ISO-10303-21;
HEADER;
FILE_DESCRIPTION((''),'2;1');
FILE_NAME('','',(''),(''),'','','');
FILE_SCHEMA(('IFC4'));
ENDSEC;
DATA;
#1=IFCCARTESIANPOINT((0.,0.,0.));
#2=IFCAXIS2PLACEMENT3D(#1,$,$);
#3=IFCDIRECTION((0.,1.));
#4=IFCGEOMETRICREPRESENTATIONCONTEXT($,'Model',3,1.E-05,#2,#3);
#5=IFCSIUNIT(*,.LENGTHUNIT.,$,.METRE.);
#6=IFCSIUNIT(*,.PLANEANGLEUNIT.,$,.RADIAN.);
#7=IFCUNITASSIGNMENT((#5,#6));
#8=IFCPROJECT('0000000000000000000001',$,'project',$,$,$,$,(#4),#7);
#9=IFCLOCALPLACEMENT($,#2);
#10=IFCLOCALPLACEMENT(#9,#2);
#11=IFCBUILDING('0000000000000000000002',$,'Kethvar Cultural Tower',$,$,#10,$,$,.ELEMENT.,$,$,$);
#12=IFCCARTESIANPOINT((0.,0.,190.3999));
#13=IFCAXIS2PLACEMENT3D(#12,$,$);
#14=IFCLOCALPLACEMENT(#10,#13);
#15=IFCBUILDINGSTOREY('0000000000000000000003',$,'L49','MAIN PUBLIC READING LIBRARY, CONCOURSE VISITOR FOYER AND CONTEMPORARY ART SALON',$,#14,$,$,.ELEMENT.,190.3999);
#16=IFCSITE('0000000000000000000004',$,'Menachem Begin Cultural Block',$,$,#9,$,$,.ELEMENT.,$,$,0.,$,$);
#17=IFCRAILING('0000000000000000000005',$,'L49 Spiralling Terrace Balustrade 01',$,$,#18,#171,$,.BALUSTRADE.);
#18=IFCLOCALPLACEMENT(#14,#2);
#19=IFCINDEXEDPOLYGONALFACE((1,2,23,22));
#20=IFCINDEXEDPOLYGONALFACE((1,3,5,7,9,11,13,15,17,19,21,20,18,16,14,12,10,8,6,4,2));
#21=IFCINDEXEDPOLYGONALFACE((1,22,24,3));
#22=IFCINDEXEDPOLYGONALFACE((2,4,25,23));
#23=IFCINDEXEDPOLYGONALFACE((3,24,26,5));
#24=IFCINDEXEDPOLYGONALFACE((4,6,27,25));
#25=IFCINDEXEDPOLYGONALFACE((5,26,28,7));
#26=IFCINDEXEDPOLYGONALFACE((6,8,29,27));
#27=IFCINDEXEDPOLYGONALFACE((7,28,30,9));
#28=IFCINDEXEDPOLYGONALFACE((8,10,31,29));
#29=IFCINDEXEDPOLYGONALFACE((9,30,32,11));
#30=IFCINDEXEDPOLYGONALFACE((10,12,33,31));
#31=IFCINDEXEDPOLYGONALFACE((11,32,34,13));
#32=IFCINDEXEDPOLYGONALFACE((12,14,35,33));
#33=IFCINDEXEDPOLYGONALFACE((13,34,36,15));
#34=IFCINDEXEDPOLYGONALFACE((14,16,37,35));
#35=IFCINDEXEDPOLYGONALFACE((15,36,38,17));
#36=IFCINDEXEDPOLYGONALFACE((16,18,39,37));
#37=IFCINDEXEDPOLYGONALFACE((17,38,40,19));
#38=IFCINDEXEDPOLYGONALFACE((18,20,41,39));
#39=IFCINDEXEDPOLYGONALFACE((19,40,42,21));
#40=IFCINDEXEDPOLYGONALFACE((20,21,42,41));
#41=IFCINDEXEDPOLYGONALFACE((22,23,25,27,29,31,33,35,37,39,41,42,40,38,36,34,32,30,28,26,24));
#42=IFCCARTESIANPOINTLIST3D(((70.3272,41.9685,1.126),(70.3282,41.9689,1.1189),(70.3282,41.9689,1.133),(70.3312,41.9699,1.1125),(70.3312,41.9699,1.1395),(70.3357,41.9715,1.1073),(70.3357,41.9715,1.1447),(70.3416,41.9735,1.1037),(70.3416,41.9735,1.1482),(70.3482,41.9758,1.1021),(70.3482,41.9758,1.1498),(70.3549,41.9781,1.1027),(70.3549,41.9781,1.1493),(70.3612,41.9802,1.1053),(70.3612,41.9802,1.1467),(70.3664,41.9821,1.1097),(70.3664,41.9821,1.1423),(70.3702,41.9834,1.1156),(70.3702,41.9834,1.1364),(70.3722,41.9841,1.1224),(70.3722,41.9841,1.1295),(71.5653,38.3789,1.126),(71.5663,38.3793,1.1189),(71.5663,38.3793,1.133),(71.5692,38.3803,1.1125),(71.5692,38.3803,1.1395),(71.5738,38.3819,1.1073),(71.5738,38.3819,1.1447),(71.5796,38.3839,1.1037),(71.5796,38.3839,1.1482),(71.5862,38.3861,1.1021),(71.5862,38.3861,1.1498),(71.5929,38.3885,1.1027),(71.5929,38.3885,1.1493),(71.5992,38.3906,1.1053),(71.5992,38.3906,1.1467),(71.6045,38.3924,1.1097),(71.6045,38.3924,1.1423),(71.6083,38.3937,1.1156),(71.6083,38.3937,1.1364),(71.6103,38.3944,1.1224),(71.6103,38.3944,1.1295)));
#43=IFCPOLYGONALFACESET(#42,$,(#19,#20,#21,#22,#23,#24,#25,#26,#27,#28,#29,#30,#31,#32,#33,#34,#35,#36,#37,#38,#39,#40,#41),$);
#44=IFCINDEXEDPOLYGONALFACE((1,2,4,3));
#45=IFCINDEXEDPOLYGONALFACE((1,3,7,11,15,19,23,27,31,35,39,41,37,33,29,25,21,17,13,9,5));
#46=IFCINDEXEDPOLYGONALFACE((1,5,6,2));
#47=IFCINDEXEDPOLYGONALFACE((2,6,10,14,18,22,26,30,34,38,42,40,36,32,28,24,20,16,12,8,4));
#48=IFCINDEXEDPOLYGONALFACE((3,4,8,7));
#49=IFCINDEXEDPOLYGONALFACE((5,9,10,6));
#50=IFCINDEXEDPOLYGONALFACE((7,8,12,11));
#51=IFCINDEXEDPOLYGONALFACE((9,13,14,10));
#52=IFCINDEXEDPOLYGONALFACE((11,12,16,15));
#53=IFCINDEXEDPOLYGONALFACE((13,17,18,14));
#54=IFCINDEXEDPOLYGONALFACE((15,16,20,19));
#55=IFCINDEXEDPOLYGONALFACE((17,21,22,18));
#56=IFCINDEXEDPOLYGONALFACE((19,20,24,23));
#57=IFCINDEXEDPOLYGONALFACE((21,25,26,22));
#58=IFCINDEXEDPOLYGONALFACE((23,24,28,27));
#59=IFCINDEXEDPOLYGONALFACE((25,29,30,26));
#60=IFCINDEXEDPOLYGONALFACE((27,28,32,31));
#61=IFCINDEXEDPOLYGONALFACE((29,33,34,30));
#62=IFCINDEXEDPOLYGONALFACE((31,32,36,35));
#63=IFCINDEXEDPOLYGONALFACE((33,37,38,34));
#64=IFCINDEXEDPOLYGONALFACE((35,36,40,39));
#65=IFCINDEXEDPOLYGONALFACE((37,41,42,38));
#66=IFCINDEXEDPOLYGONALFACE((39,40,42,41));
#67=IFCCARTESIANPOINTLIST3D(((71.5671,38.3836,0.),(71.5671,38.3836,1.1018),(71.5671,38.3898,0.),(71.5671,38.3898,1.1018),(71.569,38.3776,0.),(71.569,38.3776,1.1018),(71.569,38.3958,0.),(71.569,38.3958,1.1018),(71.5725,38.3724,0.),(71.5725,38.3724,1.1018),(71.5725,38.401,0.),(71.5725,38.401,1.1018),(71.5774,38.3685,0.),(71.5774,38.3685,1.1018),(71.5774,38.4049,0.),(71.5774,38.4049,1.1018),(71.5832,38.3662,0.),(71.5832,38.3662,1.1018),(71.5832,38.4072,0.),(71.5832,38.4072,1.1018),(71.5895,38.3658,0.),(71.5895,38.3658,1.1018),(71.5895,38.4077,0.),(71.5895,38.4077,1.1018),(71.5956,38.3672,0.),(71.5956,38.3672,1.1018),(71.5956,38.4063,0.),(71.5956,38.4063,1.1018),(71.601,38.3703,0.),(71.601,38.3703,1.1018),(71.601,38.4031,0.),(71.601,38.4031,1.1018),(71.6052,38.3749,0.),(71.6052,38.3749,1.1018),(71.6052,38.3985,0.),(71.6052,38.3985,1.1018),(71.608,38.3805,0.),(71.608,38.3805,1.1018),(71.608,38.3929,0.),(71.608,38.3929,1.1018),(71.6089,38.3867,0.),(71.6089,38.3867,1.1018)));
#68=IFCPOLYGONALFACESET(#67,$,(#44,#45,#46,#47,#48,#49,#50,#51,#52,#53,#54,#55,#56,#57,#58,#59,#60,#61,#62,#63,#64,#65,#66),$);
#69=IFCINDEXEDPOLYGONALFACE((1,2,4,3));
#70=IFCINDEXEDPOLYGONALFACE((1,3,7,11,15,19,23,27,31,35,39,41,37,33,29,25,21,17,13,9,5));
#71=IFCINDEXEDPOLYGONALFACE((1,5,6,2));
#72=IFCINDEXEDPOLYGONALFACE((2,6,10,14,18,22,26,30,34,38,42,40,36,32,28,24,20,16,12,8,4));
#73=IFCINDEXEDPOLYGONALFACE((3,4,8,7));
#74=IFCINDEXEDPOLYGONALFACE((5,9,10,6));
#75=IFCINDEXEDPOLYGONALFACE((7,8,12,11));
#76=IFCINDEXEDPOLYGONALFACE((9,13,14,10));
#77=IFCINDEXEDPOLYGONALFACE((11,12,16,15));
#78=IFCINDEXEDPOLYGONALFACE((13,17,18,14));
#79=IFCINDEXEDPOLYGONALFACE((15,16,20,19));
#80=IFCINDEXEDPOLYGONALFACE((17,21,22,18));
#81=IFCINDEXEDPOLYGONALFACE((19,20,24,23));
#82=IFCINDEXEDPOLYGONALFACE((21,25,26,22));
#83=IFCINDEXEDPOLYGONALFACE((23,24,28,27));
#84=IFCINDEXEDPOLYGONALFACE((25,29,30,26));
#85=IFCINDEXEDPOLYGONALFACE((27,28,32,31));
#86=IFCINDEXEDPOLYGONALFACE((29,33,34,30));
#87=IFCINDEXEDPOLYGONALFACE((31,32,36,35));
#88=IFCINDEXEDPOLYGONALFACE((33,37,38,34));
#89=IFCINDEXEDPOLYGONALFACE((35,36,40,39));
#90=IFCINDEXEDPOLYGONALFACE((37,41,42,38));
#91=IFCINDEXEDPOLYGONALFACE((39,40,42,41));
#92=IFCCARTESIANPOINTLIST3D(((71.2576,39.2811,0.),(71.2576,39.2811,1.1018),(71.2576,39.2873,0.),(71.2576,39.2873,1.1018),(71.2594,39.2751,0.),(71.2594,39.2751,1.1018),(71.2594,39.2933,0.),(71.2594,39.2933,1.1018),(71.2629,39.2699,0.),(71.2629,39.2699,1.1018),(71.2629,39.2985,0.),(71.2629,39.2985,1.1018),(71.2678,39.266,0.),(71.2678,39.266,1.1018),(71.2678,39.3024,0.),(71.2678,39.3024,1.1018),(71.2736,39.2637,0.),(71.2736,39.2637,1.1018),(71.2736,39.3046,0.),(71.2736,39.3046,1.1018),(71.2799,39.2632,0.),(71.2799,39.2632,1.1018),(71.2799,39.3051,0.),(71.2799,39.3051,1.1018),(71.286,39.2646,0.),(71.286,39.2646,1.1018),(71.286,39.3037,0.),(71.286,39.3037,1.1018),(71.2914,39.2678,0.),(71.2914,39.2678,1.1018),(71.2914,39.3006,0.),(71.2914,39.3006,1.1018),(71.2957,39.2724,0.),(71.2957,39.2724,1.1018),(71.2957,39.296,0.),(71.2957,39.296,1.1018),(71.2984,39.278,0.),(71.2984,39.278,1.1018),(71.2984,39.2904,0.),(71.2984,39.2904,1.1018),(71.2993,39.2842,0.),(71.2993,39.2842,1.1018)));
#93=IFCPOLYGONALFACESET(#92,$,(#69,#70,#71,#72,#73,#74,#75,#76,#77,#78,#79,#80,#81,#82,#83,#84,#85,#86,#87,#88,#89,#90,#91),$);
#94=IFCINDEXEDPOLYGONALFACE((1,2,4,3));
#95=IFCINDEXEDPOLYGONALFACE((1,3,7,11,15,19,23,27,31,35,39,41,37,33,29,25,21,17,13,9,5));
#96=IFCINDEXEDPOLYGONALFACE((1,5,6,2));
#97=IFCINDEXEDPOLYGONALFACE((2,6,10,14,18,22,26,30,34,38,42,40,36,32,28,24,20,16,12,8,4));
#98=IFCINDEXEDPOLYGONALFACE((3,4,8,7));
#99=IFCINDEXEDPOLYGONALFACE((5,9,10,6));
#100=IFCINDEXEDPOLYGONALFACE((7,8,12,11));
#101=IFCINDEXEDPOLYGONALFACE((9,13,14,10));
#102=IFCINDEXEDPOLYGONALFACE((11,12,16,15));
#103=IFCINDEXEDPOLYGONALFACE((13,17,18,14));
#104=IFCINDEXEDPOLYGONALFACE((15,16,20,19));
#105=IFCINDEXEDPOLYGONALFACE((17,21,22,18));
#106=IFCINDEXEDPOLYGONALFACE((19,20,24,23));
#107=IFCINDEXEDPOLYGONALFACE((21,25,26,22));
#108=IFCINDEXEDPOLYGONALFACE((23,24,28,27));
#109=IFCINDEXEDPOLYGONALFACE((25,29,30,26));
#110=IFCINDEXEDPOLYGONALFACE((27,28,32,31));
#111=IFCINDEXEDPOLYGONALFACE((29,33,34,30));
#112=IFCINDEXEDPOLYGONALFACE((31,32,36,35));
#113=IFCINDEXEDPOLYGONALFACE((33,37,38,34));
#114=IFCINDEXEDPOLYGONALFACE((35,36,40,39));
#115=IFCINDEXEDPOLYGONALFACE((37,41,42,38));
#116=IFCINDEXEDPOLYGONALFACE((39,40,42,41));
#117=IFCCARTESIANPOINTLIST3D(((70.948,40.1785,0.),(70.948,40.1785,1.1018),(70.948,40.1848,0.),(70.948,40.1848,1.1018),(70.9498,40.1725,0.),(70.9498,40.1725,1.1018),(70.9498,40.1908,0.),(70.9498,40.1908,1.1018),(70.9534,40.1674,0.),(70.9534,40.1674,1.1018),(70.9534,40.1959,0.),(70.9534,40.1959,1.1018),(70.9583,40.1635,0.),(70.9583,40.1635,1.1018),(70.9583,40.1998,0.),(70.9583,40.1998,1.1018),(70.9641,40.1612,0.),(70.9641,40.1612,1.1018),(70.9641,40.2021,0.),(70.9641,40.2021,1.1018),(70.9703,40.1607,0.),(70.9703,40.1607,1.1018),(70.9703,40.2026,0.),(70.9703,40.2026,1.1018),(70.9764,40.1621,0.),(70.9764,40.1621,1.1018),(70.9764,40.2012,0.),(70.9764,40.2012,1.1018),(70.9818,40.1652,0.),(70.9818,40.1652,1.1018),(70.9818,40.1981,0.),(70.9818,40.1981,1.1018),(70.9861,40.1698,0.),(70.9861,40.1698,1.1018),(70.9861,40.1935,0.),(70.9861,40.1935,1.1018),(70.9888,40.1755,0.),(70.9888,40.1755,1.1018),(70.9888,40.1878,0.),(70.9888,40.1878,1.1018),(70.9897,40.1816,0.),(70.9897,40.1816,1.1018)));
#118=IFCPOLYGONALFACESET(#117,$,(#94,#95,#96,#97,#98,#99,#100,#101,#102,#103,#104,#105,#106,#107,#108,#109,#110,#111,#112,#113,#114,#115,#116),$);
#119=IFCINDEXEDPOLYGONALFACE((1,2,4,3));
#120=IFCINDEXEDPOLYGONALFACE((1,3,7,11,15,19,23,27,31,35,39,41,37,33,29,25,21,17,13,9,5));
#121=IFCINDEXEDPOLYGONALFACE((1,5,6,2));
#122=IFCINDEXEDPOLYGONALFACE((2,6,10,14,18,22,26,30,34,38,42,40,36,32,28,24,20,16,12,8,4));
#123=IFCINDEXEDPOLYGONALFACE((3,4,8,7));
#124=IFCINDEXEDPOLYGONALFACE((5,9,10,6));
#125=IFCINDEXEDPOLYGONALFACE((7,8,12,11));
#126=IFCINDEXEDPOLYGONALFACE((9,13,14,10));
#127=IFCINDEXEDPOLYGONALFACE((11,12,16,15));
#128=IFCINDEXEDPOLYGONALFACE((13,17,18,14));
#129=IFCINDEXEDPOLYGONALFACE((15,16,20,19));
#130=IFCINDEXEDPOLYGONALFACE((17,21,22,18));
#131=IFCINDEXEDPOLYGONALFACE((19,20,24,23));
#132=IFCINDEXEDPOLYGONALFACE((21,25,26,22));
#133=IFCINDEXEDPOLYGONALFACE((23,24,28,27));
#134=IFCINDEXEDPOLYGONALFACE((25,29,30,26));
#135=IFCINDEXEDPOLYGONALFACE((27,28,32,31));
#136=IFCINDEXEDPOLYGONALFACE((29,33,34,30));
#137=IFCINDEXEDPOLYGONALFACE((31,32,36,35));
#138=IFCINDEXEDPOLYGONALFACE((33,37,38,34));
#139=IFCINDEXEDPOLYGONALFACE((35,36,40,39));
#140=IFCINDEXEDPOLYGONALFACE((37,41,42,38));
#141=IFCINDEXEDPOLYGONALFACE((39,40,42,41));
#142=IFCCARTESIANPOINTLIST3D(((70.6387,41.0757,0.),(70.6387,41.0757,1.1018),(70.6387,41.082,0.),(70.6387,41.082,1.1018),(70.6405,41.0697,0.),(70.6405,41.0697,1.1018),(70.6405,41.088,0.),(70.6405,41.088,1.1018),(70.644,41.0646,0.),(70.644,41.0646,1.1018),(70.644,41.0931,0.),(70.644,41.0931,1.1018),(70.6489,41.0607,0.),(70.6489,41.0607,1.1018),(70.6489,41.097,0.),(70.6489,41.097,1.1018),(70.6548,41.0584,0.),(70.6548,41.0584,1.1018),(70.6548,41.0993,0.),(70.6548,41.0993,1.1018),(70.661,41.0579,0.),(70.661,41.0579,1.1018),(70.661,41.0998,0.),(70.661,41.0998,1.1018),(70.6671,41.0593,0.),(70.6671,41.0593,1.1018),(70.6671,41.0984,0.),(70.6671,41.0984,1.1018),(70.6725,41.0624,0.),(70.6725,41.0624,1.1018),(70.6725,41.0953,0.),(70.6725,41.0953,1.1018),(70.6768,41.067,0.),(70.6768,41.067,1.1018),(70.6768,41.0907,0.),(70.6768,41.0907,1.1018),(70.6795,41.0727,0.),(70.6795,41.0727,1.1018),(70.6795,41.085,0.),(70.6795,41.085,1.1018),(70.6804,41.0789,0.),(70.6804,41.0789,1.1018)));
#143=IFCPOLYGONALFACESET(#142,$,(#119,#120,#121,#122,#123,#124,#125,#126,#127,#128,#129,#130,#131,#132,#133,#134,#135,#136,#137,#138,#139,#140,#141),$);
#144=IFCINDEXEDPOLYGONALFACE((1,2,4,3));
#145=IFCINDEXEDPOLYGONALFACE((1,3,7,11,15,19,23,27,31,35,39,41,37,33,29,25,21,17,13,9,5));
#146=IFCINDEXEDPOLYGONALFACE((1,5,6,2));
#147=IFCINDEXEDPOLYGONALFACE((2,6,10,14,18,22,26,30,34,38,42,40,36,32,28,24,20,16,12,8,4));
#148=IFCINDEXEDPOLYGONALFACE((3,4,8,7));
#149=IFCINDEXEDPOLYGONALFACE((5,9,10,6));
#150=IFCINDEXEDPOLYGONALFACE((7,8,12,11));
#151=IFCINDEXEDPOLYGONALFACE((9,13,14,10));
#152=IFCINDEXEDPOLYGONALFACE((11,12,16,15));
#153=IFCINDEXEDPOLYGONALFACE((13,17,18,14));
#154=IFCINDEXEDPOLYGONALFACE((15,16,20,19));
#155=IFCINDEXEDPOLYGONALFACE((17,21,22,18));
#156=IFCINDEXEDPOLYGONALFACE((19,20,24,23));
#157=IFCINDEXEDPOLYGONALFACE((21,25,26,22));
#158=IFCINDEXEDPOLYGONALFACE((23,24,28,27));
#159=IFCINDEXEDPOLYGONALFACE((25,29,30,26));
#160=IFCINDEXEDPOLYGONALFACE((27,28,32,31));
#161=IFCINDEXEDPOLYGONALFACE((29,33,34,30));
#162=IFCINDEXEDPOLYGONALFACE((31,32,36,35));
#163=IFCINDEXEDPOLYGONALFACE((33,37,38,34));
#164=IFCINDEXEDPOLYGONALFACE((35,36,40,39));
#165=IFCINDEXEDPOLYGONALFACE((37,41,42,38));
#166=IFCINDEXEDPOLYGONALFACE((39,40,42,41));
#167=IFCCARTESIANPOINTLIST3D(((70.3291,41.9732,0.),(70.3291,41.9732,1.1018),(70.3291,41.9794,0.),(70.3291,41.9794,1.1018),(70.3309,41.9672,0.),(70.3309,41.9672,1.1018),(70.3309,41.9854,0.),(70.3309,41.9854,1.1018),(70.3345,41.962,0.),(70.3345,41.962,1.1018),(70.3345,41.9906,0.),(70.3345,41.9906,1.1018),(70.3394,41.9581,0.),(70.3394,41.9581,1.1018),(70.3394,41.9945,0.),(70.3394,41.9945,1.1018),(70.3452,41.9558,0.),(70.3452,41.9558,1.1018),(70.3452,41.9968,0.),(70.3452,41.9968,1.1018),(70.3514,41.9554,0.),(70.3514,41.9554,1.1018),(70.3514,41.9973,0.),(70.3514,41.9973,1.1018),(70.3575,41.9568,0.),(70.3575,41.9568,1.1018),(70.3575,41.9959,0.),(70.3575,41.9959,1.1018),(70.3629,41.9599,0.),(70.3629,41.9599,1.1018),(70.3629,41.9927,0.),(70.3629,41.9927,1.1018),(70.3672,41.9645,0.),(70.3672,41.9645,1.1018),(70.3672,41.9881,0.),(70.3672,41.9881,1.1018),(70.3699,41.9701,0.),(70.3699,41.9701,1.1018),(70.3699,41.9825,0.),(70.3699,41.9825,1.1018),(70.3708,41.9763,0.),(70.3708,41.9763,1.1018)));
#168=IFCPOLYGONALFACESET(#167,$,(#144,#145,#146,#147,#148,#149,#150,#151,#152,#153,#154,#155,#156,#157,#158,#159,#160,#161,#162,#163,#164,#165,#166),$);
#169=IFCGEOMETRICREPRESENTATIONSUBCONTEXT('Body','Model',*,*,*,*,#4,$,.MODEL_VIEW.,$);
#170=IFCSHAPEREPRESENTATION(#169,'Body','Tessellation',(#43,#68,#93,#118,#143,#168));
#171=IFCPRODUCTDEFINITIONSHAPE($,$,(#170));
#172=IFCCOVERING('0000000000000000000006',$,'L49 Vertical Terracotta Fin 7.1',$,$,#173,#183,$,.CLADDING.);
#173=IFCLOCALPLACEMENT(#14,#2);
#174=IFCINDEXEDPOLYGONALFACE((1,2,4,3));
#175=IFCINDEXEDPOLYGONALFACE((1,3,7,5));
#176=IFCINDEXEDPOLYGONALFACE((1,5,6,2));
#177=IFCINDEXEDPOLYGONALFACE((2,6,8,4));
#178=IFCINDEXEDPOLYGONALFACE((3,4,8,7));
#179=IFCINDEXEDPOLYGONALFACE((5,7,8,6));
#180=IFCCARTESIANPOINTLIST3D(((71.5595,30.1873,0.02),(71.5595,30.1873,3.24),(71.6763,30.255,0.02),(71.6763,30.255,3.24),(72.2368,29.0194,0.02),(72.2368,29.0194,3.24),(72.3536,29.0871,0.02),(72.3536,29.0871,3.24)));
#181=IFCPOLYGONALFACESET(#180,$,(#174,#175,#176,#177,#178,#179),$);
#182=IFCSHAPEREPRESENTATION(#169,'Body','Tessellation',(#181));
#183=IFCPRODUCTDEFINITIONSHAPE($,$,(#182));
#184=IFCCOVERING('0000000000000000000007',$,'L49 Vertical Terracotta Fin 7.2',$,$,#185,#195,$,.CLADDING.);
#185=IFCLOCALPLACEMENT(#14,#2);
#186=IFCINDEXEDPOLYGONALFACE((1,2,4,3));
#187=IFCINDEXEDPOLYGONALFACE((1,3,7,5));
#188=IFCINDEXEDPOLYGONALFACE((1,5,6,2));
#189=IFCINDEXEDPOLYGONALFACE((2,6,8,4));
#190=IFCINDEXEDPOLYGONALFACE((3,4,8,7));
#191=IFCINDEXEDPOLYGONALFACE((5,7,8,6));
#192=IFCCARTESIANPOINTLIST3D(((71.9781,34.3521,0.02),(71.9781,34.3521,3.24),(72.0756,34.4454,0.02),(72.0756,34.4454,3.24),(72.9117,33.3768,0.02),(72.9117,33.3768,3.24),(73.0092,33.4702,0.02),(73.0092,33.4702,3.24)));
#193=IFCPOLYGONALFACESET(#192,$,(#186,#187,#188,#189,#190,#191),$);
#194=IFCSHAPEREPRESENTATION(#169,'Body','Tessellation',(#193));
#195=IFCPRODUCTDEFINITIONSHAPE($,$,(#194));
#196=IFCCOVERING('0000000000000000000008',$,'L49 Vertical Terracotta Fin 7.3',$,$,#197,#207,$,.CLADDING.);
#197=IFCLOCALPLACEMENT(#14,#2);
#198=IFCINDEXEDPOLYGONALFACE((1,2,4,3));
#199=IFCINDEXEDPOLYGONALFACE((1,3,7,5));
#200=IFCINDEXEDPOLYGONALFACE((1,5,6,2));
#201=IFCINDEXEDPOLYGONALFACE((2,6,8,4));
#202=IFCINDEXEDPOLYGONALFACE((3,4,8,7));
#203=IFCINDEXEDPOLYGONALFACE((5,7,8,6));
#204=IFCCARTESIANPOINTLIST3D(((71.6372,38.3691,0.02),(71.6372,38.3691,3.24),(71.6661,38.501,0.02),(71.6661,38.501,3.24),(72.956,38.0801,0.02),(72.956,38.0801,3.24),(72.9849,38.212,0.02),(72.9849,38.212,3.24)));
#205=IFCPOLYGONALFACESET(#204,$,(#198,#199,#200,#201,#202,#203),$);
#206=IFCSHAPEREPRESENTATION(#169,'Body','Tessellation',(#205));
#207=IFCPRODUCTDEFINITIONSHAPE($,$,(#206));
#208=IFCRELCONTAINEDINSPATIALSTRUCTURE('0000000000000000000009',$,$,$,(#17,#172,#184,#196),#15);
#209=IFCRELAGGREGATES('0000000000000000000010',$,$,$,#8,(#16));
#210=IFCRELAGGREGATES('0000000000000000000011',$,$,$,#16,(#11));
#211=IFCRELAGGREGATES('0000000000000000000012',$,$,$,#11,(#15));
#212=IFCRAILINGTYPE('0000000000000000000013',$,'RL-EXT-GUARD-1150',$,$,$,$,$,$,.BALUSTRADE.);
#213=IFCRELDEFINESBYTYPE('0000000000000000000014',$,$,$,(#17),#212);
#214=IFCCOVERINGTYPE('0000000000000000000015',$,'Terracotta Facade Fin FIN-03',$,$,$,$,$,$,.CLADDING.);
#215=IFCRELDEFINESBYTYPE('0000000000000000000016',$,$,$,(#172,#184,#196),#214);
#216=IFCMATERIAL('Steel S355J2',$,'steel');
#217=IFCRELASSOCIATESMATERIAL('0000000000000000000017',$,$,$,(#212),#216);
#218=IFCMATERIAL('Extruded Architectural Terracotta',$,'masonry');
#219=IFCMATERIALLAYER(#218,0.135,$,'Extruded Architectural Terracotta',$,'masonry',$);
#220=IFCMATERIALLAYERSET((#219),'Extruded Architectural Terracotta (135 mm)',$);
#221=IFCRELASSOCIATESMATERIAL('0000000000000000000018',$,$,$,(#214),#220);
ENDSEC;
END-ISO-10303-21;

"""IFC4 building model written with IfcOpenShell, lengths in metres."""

from ifc_helpers import new_model, si_unit, direction, frame, origin, origin_2d, place, context, subcontext, project, spatial, rectangle, circle, extrude, source, transform, mapped, material, layer, layer_set, type_object, element, save


model = new_model("IFC4")

# Units and contexts
model_context = context("Model", 3, precision=1e-05, world=origin(), true_north=direction((0.0, 1.0)))
body_context = subcontext(model_context, "Body", "Model", "MODEL_VIEW")
ifc_project = project(units=[si_unit("LENGTHUNIT", "METRE"), si_unit("PLANEANGLEUNIT", "RADIAN")], contexts=[model_context])

# Site, building, storey
site_placement = place(None, origin())
site = spatial("IfcSite", under=ifc_project, at=site_placement, Name="Menachem Begin Cultural Block", CompositionType="ELEMENT", RefElevation=0.0)
building_placement = place(site_placement, origin())
building = spatial("IfcBuilding", under=site, at=building_placement, Name="Kethvar Cultural Tower", CompositionType="ELEMENT")
storey_placement = place(building_placement, frame((0.0, 0.0, 190.3999)))
storey = spatial("IfcBuildingStorey", under=building, at=storey_placement, Name="L49", Description="MAIN PUBLIC READING LIBRARY, CONCOURSE VISITOR FOYER AND CONTEMPORARY ART SALON", CompositionType="ELEMENT", Elevation=190.3999)

# Shared definitions
ifc_material_1 = material(Name="Steel S355J2", Category="steel")

# Railing
railing_type = type_object("IfcRailingType", Name="RL-EXT-GUARD-1150", PredefinedType="BALUSTRADE", material=ifc_material_1)
railing_placement = place(storey_placement, frame((71.5879, 38.3867, 0.0)))
element("IfcRailing", 1, at=railing_placement, inside=storey, type_object=railing_type, Name="L49 Spiralling Terrace Balustrade 01", PredefinedType="BALUSTRADE", context=body_context, shape_type="SweptSolid", body=[
    extrude(circle(Radius=0.0239, at=origin_2d()), frame((0.0, 0.0, 1.126), z_axis=(-0.326048, 0.945353, 0.0), x_axis=(-0.945353, -0.326048, 0.0)), (0.0, 0.0, 1.0), 3.7971),
    extrude(circle(Radius=0.021, at=origin_2d()), origin(), (0.0, 0.0, 1.0), 1.1018),
    extrude(circle(Radius=0.021, at=origin_2d()), frame((-0.3096, 0.8975, 0.0)), (0.0, 0.0, 1.0), 1.1018),
    extrude(circle(Radius=0.021, at=origin_2d()), frame((-0.6191, 1.7949, 0.0)), (0.0, 0.0, 1.0), 1.1018),
    extrude(circle(Radius=0.021, at=origin_2d()), frame((-0.9285, 2.6921, 0.0)), (0.0, 0.0, 1.0), 1.1018),
    extrude(circle(Radius=0.021, at=origin_2d()), frame((-1.238, 3.5896, 0.0)), (0.0, 0.0, 1.0), 1.1018),
])

# Coverings
ifc_material_2 = material(Name="Extruded Architectural Terracotta", Category="masonry")
ifc_layer_1 = layer(ifc_material_2, 0.135, Name="Extruded Architectural Terracotta", Category="masonry")
ifc_layer_set_1 = layer_set([ifc_layer_1], Name="Extruded Architectural Terracotta (135 mm)")
covering_type = type_object("IfcCoveringType", Name="Terracotta Facade Fin FIN-03", PredefinedType="CLADDING", material=ifc_layer_set_1)
shared_shape_1 = source(origin(), body_context, "Body", "SweptSolid", [
    extrude(rectangle(XDim=1.3501, YDim=0.135, at=origin_2d()), origin(), (0.0, 0.0, 1.0), 3.22),
])
for number, where, z_axis, x_axis, name in (
    (2, (71.9565, 29.6372, 0.02), (0.0, 0.0, 1.0), (0.501662, -0.865064, 0.0), "L49 Vertical Terracotta Fin 7.1"),
    (3, (72.4937, 33.9111, 0.02), (0.0, 0.0, 1.0), (0.691513, -0.722364, 0.0), "L49 Vertical Terracotta Fin 7.2"),
    (4, (72.311, 38.2905, 0.02), (0.0, 0.0, 1.0), (0.976822, -0.214053, 0.0), "L49 Vertical Terracotta Fin 7.3"),
):
    element("IfcCovering", number, at=place(storey_placement, frame(where, z_axis=z_axis, x_axis=x_axis)), inside=storey, type_object=covering_type, Name=name, PredefinedType="CLADDING", context=body_context, shape_type="MappedRepresentation", body=[
        mapped(shared_shape_1, transform((0.0, 0.0, 0.0), scale=1.0)),
    ])

save(model, "model.ifc")
